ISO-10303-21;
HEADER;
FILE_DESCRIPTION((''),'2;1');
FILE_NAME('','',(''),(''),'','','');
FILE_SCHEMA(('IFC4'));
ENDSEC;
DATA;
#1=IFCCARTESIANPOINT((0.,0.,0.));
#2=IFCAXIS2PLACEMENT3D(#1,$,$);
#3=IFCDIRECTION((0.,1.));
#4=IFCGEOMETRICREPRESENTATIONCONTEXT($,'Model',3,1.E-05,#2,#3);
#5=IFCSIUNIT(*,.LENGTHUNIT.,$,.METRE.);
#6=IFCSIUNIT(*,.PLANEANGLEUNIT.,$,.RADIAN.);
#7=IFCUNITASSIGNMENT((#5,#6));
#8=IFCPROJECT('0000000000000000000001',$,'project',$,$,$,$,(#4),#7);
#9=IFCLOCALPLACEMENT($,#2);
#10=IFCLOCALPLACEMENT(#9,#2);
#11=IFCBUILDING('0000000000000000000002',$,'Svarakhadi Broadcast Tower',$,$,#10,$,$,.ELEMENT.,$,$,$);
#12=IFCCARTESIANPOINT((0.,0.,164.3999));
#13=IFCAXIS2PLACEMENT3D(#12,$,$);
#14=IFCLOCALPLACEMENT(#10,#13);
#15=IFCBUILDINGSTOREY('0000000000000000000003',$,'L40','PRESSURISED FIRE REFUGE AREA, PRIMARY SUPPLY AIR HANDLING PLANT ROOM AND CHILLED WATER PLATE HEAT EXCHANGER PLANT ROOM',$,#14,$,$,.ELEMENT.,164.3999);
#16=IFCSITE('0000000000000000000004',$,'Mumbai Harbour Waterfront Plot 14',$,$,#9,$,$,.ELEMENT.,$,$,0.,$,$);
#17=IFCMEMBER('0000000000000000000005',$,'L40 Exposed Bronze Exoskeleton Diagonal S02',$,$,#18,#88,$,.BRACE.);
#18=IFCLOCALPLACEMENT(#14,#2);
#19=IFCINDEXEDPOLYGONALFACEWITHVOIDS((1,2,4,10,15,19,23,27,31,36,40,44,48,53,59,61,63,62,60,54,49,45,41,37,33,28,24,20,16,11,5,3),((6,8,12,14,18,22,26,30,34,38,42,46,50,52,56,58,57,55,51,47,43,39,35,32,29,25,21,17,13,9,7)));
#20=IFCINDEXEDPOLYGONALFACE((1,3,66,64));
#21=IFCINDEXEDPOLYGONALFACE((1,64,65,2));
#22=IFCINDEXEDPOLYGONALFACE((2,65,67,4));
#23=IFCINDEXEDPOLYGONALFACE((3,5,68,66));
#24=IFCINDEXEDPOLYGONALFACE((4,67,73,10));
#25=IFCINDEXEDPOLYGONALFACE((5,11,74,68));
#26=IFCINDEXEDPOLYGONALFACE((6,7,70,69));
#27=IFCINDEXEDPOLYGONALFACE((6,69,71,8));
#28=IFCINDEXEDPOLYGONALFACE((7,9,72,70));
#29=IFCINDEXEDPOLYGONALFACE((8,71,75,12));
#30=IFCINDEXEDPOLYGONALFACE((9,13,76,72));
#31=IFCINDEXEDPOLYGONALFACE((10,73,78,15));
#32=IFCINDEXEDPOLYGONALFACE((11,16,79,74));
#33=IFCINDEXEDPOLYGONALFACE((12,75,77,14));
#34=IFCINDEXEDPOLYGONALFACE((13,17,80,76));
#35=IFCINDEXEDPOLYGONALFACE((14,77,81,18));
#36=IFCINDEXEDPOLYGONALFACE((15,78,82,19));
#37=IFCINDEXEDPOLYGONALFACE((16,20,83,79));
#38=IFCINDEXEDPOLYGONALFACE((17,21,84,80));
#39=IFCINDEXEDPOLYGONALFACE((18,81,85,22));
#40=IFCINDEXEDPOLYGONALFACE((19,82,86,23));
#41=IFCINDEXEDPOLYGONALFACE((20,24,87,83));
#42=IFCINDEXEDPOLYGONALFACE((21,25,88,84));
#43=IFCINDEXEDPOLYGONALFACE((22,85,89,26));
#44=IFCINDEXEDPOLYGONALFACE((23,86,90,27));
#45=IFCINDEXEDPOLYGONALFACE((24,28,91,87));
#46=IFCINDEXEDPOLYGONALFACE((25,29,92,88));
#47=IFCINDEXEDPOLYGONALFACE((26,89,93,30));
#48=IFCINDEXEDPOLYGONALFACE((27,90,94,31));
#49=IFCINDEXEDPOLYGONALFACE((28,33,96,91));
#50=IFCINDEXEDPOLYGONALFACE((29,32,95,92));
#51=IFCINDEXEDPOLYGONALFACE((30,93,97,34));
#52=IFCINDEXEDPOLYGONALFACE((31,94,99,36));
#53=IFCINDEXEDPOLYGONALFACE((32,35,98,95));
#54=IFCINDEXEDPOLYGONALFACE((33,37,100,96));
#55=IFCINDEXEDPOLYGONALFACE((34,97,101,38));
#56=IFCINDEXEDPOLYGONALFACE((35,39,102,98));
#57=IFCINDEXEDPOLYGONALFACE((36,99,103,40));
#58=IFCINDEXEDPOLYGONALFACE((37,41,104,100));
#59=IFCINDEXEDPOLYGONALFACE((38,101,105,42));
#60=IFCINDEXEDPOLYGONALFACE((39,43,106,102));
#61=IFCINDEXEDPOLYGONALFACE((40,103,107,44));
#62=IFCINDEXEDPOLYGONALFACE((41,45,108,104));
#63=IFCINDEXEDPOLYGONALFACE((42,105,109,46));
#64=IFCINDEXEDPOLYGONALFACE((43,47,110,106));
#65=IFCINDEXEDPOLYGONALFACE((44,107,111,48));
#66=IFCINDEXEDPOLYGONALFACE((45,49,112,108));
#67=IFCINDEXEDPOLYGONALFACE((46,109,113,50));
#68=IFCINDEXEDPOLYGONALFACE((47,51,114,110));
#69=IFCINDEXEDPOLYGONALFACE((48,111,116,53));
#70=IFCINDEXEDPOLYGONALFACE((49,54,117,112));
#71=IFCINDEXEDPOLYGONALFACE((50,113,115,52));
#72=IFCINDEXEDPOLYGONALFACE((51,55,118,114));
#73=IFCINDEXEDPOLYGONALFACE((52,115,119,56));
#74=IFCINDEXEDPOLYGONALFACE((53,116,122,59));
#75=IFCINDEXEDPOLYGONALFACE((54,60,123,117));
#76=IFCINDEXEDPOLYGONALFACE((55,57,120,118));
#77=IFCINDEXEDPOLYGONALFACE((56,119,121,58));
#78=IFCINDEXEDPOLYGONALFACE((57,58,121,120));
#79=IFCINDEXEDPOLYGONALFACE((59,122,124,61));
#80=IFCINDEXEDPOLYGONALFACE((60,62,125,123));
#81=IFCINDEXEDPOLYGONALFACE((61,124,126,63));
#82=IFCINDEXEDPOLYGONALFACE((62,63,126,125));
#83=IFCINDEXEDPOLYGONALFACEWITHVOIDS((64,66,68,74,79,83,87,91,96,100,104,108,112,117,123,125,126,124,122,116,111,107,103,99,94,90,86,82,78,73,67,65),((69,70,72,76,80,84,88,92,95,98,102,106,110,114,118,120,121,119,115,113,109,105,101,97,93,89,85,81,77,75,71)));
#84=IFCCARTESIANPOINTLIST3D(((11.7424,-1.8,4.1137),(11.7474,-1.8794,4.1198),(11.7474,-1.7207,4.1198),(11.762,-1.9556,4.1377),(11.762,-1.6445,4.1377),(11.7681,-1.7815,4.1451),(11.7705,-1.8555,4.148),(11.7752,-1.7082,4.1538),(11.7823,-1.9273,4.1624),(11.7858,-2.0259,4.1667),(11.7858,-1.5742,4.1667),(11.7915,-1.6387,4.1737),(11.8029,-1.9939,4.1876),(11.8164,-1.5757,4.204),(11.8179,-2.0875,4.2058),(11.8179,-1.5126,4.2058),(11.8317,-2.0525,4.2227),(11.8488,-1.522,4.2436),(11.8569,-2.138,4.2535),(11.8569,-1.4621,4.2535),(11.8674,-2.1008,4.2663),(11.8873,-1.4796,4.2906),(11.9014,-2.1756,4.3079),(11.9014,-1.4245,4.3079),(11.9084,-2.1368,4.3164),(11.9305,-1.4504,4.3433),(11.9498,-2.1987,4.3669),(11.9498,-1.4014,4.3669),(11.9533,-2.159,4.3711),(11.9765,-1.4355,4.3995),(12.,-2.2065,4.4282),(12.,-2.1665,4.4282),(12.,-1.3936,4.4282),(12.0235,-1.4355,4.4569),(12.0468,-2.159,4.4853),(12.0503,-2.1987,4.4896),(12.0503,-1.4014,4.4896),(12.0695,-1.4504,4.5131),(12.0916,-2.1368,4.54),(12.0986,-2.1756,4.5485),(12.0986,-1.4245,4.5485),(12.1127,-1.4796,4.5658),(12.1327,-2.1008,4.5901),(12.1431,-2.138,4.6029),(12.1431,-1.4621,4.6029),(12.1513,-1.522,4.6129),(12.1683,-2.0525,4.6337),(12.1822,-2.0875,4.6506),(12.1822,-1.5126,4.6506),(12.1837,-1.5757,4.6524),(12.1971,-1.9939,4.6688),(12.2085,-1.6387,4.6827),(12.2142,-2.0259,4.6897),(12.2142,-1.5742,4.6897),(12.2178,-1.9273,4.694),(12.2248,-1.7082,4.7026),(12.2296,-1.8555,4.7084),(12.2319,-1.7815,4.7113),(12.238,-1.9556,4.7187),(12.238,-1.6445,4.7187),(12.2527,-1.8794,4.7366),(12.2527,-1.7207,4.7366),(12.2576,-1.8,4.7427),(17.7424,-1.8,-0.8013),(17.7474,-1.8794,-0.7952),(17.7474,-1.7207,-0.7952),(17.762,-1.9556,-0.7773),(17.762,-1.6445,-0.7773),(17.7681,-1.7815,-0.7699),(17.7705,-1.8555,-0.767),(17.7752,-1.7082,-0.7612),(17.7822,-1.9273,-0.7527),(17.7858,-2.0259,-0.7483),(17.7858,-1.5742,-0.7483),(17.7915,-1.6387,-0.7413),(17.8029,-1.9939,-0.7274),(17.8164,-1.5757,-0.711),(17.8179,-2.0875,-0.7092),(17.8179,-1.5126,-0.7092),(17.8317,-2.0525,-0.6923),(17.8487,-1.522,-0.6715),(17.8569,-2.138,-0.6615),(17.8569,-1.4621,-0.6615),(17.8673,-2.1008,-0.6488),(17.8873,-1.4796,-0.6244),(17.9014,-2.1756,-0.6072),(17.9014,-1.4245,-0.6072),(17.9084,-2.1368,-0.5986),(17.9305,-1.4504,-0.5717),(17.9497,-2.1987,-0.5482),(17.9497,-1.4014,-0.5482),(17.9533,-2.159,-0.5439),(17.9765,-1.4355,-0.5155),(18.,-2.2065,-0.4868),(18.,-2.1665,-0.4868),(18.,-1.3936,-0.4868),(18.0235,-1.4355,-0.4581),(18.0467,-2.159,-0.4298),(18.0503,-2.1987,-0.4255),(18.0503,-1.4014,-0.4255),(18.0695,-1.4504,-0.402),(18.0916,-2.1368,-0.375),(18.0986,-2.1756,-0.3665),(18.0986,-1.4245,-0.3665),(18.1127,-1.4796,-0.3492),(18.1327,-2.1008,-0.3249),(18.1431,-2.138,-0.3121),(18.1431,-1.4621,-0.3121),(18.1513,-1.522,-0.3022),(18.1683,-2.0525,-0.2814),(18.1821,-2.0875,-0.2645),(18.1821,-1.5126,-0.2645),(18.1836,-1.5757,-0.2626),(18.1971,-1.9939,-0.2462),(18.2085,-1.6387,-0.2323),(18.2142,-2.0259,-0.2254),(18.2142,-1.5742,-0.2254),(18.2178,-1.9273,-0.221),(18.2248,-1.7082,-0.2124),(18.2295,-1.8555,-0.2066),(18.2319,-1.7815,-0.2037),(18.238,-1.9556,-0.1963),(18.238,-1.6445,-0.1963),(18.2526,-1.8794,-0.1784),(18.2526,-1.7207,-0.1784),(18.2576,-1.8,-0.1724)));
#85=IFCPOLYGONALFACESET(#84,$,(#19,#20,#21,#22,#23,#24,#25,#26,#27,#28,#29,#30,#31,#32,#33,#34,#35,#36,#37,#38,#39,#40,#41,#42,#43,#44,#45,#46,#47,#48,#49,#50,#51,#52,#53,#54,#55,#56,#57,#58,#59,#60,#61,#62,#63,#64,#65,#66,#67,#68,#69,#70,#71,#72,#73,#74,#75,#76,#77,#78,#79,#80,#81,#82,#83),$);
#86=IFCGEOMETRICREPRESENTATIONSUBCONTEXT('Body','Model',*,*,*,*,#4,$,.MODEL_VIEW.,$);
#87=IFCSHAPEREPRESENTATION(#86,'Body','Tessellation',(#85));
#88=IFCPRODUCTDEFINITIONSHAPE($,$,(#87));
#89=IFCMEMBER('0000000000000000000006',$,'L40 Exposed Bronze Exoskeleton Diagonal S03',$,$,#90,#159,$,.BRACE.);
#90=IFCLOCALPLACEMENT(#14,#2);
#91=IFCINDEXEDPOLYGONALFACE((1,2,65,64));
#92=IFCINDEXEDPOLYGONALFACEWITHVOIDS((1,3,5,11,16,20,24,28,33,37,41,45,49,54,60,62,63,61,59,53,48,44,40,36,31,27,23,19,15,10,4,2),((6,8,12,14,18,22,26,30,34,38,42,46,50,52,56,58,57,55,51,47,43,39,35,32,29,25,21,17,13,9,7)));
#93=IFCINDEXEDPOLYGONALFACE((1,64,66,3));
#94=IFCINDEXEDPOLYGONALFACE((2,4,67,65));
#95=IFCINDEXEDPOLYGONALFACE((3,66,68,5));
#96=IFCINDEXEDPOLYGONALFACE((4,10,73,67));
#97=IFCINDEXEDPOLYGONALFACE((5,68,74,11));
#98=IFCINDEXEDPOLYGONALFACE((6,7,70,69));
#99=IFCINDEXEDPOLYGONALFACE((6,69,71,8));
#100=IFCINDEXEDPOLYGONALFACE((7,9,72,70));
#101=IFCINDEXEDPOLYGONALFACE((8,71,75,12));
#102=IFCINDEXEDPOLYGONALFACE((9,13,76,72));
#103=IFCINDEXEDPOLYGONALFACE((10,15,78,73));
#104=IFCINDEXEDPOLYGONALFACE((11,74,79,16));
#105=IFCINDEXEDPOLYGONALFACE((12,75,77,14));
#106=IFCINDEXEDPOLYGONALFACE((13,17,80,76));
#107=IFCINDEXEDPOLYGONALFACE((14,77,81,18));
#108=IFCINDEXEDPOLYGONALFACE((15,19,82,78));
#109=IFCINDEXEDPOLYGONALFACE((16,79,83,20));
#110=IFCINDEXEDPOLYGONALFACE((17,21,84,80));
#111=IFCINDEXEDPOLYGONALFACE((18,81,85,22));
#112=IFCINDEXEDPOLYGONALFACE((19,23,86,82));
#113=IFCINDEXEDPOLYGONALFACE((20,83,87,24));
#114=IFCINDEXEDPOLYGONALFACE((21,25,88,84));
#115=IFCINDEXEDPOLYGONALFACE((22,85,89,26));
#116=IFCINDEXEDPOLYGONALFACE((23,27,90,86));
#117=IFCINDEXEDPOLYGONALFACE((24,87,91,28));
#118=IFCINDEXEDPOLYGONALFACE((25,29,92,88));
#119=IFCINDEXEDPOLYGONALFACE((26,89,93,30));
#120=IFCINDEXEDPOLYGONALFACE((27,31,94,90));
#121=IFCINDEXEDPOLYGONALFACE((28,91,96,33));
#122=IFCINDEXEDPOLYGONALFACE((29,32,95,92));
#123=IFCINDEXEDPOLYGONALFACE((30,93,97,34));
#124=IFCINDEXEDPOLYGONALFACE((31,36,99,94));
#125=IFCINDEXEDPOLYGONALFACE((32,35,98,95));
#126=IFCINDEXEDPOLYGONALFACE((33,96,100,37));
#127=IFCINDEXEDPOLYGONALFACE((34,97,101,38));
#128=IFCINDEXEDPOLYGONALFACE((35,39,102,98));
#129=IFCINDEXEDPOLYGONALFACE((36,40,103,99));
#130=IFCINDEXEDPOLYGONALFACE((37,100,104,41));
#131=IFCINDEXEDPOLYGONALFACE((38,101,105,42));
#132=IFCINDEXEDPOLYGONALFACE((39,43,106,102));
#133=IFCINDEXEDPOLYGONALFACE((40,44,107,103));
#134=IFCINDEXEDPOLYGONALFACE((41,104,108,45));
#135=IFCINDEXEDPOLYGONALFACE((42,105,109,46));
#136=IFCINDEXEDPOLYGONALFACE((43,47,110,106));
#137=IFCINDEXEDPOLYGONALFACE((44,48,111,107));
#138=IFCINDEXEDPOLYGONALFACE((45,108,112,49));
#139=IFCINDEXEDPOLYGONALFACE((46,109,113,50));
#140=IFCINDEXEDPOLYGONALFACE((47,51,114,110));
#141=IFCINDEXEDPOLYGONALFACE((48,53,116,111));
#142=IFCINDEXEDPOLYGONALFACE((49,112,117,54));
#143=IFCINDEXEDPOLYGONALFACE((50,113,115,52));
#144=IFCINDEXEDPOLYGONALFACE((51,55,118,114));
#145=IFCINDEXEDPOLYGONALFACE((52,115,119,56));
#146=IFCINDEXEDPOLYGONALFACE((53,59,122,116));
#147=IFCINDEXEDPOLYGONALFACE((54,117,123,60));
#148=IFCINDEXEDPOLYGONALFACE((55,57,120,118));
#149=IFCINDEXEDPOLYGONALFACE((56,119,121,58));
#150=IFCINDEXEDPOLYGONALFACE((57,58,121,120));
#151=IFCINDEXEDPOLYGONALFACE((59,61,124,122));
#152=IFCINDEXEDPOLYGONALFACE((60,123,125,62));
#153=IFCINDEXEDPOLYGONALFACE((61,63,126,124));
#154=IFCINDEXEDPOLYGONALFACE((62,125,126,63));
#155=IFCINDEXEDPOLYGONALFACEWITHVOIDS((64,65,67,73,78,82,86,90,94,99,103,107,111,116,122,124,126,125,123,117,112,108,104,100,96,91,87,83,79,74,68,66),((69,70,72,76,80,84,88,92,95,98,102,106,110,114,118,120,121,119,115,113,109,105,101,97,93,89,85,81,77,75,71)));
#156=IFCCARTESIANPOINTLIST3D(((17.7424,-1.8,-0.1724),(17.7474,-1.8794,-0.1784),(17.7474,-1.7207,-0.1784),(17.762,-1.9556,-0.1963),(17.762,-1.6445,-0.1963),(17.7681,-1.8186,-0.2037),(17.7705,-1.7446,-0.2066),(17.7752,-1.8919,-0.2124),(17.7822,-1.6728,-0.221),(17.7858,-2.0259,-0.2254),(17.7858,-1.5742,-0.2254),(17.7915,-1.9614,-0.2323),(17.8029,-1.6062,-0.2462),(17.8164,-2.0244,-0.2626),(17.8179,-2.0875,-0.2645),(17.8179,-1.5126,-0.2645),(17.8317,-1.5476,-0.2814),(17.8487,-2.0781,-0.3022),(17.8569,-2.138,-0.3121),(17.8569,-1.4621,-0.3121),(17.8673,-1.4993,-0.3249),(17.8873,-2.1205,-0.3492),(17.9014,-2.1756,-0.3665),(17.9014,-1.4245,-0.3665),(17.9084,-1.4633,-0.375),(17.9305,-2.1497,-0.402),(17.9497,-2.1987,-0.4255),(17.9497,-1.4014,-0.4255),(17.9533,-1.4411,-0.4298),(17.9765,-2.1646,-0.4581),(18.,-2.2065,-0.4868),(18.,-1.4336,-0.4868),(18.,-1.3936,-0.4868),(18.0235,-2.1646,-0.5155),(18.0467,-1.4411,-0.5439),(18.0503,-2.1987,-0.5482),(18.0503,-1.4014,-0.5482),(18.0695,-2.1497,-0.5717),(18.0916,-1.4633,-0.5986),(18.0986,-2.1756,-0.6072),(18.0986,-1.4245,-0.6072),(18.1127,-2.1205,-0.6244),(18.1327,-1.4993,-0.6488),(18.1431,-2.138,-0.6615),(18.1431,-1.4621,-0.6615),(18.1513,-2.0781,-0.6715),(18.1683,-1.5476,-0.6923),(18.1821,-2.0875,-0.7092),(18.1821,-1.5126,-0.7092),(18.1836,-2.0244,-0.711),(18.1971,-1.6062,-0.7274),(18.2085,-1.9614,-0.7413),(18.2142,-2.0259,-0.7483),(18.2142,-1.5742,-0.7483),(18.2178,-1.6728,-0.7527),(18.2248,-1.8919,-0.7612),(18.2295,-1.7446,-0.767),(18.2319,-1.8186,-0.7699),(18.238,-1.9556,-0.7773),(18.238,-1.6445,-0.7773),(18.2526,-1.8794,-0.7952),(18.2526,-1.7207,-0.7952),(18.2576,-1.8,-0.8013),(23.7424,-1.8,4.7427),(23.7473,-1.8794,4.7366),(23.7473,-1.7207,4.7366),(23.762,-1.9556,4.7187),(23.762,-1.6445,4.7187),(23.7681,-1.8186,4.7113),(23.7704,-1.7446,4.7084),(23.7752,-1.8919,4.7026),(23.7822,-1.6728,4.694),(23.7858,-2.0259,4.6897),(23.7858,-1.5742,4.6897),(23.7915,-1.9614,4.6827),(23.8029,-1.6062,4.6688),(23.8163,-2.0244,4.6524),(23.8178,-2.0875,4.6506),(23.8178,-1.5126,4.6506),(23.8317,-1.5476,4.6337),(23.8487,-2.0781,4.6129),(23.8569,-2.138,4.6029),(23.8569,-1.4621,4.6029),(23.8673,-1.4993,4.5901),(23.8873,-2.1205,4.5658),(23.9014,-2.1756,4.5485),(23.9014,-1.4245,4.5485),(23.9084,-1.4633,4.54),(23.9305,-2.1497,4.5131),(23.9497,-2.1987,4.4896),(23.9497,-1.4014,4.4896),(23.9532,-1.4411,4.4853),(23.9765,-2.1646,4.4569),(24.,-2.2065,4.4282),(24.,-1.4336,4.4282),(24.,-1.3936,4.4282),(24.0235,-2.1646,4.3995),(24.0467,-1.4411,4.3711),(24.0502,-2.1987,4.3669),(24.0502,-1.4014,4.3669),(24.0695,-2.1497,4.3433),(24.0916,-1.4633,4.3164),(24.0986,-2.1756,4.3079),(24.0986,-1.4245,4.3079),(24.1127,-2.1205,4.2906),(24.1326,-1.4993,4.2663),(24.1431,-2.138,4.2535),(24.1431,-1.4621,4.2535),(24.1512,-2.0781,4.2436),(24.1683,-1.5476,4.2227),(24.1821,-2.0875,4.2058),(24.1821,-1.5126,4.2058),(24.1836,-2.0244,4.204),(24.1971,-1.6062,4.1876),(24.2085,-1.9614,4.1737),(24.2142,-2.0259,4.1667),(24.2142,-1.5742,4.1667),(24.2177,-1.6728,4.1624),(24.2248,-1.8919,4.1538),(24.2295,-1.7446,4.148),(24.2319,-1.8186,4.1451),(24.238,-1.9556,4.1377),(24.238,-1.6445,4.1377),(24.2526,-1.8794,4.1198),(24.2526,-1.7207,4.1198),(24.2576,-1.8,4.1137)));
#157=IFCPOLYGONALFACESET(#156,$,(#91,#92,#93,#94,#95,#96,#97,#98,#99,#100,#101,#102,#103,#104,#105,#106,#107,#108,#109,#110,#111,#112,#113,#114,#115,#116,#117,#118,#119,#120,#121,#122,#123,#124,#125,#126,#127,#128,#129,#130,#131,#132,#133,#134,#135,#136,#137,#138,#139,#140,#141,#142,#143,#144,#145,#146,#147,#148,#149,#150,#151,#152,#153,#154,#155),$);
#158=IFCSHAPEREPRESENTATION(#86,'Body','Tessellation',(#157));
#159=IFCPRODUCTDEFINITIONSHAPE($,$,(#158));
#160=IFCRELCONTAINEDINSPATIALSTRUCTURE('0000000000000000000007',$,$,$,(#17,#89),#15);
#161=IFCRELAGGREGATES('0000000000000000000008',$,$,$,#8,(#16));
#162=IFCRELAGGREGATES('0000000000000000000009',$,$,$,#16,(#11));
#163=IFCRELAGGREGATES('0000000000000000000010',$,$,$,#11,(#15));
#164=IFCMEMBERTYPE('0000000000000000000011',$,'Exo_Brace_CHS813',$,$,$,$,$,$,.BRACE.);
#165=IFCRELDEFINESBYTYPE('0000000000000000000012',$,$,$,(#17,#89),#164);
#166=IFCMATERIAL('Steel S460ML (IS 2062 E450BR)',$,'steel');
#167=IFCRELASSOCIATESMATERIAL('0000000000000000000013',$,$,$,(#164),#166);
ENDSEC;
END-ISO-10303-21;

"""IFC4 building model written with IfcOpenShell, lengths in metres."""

from ifc_helpers import new_model, si_unit, direction, frame, origin, origin_2d, place, context, subcontext, project, spatial, hollow_circle, extrude, material, material_profile, profile_set, type_object, element, save


model = new_model("IFC4")

# Units and contexts
model_context = context("Model", 3, precision=1e-05, world=origin(), true_north=direction((0.0, 1.0)))
body_context = subcontext(model_context, "Body", "Model", "MODEL_VIEW")
ifc_project = project(units=[si_unit("LENGTHUNIT", "METRE"), si_unit("PLANEANGLEUNIT", "RADIAN")], contexts=[model_context])

# Site, building, storey
site_placement = place(None, origin())
site = spatial("IfcSite", under=ifc_project, at=site_placement, Name="Mumbai Harbour Waterfront Plot 14", CompositionType="ELEMENT", RefElevation=0.0)
building_placement = place(site_placement, origin())
building = spatial("IfcBuilding", under=site, at=building_placement, Name="Svarakhadi Broadcast Tower", CompositionType="ELEMENT")
storey_placement = place(building_placement, frame((0.0, 0.0, 164.3999)))
storey = spatial("IfcBuildingStorey", under=building, at=storey_placement, Name="L40", Description="PRESSURISED FIRE REFUGE AREA, PRIMARY SUPPLY AIR HANDLING PLANT ROOM AND CHILLED WATER PLATE HEAT EXCHANGER PLANT ROOM", CompositionType="ELEMENT", Elevation=164.3999)

# Shared definitions
ifc_material_1 = material(Name="Steel S460ML (IS 2062 E450BR)", Category="steel")

# Members
ifc_material_profile_1 = material_profile(ifc_material_1, hollow_circle(Radius=0.4065, WallThickness=0.04, at=origin_2d()), Name="CHS 813x40")
ifc_profile_set_1 = profile_set([ifc_material_profile_1], Name="Steel S460ML (IS 2062 E450BR)")
member_type_1 = type_object("IfcMemberType", Name="Exo_Brace_CHS813", PredefinedType="BRACE", material=ifc_profile_set_1)
for number, where, z_axis, x_axis, name in (
    (1, (18.0, -1.8, -0.4868), (-0.773581, 0.0, 0.633697), (0.0, -1.0, 0.0), "L40 Exposed Bronze Exoskeleton Diagonal S02"),
    (2, (18.0, -1.8, -0.4868), (0.773581, 0.0, 0.633697), (0.0, 1.0, 0.0), "L40 Exposed Bronze Exoskeleton Diagonal S03"),
):
    element("IfcMember", number, at=place(storey_placement, frame(where, z_axis=z_axis, x_axis=x_axis)), inside=storey, type_object=member_type_1, Name=name, PredefinedType="BRACE", context=body_context, shape_type="SweptSolid", body=[
        extrude(hollow_circle(Radius=0.4065, WallThickness=0.04, at=origin_2d()), origin(), (0.0, 0.0, 1.0), 7.7561),
    ])

save(model, "model.ifc")
